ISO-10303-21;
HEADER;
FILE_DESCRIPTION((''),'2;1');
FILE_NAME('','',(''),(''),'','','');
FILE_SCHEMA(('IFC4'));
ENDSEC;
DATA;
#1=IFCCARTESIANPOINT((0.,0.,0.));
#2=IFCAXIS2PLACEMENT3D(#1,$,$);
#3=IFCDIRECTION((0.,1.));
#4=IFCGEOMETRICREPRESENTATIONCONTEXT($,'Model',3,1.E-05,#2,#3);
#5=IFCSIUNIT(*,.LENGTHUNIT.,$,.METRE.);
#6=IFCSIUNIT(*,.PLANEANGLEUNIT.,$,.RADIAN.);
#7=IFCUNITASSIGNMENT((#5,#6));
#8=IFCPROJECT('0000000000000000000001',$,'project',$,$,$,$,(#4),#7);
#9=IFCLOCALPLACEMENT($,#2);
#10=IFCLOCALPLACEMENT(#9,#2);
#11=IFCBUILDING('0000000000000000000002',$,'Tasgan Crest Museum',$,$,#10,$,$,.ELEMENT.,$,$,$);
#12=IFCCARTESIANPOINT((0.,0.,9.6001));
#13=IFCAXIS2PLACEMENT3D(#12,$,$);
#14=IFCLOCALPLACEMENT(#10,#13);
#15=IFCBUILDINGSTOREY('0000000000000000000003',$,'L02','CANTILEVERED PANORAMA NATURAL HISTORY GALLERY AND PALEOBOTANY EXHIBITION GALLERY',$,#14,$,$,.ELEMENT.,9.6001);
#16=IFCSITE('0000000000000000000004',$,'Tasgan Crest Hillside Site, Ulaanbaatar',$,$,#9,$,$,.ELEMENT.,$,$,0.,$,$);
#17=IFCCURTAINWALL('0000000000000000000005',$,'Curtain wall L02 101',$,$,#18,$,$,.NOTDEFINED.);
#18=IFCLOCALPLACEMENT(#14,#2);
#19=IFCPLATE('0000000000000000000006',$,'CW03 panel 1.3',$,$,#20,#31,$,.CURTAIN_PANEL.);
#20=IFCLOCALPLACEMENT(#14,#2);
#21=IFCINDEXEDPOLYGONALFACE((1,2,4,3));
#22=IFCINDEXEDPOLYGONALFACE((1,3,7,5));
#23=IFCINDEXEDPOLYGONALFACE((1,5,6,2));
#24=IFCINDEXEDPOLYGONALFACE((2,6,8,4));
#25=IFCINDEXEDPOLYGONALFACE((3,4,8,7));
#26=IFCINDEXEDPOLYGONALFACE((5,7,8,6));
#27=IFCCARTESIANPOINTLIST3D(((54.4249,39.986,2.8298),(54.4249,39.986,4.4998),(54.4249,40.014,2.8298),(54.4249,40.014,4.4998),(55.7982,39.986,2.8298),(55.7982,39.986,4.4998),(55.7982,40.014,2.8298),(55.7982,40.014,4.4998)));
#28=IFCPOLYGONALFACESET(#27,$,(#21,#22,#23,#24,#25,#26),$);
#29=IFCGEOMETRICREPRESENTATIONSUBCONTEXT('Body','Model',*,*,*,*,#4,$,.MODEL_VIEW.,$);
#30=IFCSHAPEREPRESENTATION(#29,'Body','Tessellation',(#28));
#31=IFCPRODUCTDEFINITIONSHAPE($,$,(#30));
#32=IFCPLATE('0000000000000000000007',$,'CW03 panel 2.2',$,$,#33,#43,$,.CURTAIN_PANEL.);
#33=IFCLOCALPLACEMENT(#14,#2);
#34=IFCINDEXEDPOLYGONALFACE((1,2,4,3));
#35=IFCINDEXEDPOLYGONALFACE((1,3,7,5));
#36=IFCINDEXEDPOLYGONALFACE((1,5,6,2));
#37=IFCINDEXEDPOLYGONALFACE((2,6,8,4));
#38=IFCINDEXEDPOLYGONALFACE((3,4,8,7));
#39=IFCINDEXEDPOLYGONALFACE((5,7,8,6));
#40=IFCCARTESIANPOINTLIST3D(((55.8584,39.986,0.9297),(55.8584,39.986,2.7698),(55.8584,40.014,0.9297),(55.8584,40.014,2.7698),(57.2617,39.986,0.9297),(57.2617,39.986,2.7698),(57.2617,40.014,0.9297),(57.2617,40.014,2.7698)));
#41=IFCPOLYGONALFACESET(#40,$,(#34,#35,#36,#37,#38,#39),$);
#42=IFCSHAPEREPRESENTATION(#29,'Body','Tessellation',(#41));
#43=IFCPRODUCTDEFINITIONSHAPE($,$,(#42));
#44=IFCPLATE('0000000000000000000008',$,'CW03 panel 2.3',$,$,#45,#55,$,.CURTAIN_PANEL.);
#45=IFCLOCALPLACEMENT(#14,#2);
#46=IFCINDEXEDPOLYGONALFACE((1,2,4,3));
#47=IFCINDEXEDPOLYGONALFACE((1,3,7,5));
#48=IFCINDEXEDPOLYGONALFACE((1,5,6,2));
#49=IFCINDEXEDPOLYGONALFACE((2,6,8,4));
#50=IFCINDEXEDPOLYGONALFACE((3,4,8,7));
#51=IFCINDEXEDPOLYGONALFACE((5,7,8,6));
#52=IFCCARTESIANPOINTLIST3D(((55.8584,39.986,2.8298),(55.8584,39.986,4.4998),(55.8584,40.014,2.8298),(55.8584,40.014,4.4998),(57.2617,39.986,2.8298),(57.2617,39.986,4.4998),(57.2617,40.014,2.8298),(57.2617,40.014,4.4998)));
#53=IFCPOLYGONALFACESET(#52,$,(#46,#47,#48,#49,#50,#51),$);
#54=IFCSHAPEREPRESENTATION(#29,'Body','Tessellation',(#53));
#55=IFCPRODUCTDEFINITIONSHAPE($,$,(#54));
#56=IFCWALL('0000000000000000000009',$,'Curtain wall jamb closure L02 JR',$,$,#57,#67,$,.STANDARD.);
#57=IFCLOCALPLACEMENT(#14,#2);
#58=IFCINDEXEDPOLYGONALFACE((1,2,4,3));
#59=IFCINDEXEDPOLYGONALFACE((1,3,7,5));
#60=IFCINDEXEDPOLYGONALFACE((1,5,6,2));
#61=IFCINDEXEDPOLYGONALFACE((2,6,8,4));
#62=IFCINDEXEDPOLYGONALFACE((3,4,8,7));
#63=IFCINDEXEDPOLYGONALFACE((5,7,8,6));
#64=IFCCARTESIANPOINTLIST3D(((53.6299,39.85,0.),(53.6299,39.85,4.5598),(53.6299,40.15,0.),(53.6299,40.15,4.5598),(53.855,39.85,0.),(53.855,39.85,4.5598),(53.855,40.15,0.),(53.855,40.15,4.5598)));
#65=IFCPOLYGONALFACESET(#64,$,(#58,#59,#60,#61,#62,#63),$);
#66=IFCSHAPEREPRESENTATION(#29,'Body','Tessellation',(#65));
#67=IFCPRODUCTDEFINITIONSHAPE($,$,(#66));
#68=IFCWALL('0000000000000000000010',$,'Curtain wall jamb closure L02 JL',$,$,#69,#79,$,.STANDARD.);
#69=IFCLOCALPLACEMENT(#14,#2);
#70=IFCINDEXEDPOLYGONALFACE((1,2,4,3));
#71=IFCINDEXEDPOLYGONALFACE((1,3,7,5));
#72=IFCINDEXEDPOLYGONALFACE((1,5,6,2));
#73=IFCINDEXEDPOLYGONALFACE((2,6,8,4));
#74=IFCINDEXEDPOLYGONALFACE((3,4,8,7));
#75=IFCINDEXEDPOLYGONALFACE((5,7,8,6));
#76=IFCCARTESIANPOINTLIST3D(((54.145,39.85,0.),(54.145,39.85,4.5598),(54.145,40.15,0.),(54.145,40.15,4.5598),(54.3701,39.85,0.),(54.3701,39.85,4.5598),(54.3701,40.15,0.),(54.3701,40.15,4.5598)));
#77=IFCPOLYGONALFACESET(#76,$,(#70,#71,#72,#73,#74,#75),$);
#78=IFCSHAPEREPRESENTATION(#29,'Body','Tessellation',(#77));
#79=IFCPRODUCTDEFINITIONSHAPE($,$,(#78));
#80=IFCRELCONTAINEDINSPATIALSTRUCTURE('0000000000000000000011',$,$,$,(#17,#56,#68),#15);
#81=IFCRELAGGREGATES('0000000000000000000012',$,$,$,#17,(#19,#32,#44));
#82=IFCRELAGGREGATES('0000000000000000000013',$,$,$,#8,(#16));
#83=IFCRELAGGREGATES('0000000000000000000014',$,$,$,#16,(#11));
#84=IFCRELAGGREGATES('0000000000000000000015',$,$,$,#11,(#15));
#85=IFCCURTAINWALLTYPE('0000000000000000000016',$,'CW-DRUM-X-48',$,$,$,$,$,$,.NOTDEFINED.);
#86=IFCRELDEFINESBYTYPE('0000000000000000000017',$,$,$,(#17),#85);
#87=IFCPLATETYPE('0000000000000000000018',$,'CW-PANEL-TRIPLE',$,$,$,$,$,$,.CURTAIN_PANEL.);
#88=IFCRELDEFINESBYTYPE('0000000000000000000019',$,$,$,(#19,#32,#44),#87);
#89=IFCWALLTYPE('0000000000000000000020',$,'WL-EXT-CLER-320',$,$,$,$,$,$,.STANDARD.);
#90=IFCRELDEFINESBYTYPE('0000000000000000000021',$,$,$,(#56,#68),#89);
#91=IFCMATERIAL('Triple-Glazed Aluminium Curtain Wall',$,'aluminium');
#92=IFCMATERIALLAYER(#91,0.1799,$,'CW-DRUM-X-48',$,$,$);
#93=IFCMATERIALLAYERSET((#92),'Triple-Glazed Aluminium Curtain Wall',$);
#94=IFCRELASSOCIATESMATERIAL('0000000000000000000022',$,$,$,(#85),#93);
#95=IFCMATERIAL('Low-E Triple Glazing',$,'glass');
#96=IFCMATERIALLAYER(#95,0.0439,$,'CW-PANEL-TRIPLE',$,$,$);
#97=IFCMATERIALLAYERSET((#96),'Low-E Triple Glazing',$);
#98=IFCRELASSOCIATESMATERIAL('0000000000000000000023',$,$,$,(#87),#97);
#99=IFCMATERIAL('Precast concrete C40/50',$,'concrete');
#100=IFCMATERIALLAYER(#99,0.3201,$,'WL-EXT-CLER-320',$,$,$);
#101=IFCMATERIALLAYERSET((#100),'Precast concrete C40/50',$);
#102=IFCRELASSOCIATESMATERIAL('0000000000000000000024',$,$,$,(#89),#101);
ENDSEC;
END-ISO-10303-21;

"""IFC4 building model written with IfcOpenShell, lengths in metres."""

from ifc_helpers import new_model, si_unit, direction, frame, frame_2d, origin, origin_2d, place, context, subcontext, project, spatial, rectangle, extrude, material, layer, layer_set, type_object, element, aggregate, save


model = new_model("IFC4")

# Units and contexts
model_context = context("Model", 3, precision=1e-05, world=origin(), true_north=direction((0.0, 1.0)))
body_context = subcontext(model_context, "Body", "Model", "MODEL_VIEW")
ifc_project = project(units=[si_unit("LENGTHUNIT", "METRE"), si_unit("PLANEANGLEUNIT", "RADIAN")], contexts=[model_context])

# Site, building, storey
site_placement = place(None, origin())
site = spatial("IfcSite", under=ifc_project, at=site_placement, Name="Tasgan Crest Hillside Site, Ulaanbaatar", CompositionType="ELEMENT", RefElevation=0.0)
building_placement = place(site_placement, origin())
building = spatial("IfcBuilding", under=site, at=building_placement, Name="Tasgan Crest Museum", CompositionType="ELEMENT")
storey_placement = place(building_placement, frame((0.0, 0.0, 9.6001)))
storey = spatial("IfcBuildingStorey", under=building, at=storey_placement, Name="L02", Description="CANTILEVERED PANORAMA NATURAL HISTORY GALLERY AND PALEOBOTANY EXHIBITION GALLERY", CompositionType="ELEMENT", Elevation=9.6001)

# Curtain wall
ifc_material_1 = material(Name="Triple-Glazed Aluminium Curtain Wall", Category="aluminium")
ifc_layer_1 = layer(ifc_material_1, 0.1799, Name="CW-DRUM-X-48")
ifc_layer_set_1 = layer_set([ifc_layer_1], Name="Triple-Glazed Aluminium Curtain Wall")
curtain_wall_type_1 = type_object("IfcCurtainWallType", Name="CW-DRUM-X-48", PredefinedType="NOTDEFINED", material=ifc_layer_set_1)
curtain_wall_1_placement = place(storey_placement, origin())
curtain_wall_1 = element("IfcCurtainWall", 1, at=curtain_wall_1_placement, inside=storey, type_object=curtain_wall_type_1, Name="Curtain wall L02 101", PredefinedType="NOTDEFINED")

# Plates
ifc_material_2 = material(Name="Low-E Triple Glazing", Category="glass")
ifc_layer_2 = layer(ifc_material_2, 0.0439, Name="CW-PANEL-TRIPLE")
ifc_layer_set_2 = layer_set([ifc_layer_2], Name="Low-E Triple Glazing")
plate_type_1 = type_object("IfcPlateType", Name="CW-PANEL-TRIPLE", PredefinedType="CURTAIN_PANEL", material=ifc_layer_set_2)
plate_1_placement = place(storey_placement, frame((55.1116, 40.0, 2.8298), z_axis=(0.0, 0.0, 1.0), x_axis=(1.0, 0.0, 0.0)))
plate_1 = element("IfcPlate", 2, at=plate_1_placement, type_object=plate_type_1, Name="CW03 panel 1.3", PredefinedType="CURTAIN_PANEL", context=body_context, shape_type="SweptSolid", body=[
    extrude(rectangle(XDim=1.3733, YDim=0.0281, at=origin_2d()), origin(), (0.0, 0.0, 1.0), 1.6699),
])
plate_2_placement = place(storey_placement, frame((56.5601, 40.0, 0.9297), z_axis=(0.0, 0.0, 1.0), x_axis=(1.0, 0.0, 0.0)))
plate_2 = element("IfcPlate", 3, at=plate_2_placement, type_object=plate_type_1, Name="CW03 panel 2.2", PredefinedType="CURTAIN_PANEL", context=body_context, shape_type="SweptSolid", body=[
    extrude(rectangle(XDim=1.4033, YDim=0.0281, at=origin_2d()), origin(), (0.0, 0.0, 1.0), 1.8401),
])
plate_3_placement = place(storey_placement, frame((56.5601, 40.0, 2.8298), z_axis=(0.0, 0.0, 1.0), x_axis=(1.0, 0.0, 0.0)))
plate_3 = element("IfcPlate", 4, at=plate_3_placement, type_object=plate_type_1, Name="CW03 panel 2.3", PredefinedType="CURTAIN_PANEL", context=body_context, shape_type="SweptSolid", body=[
    extrude(rectangle(XDim=1.4033, YDim=0.0281, at=origin_2d()), origin(), (0.0, 0.0, 1.0), 1.6699),
])
aggregate(curtain_wall_1, [plate_1, plate_2, plate_3])

# Walls
ifc_material_3 = material(Name="Precast concrete C40/50", Category="concrete")
ifc_layer_3 = layer(ifc_material_3, 0.3201, Name="WL-EXT-CLER-320")
ifc_layer_set_3 = layer_set([ifc_layer_3], Name="Precast concrete C40/50")
wall_type = type_object("IfcWallType", Name="WL-EXT-CLER-320", PredefinedType="STANDARD", material=ifc_layer_set_3)
for number, where, z_axis, x_axis, name in (
    (5, (53.6299, 40.0, 0.0), (0.0, 0.0, 1.0), (1.0, 0.0, 0.0), "Curtain wall jamb closure L02 JR"),
    (6, (54.145, 40.0, 0.0), (0.0, 0.0, 1.0), (1.0, 0.0, 0.0), "Curtain wall jamb closure L02 JL"),
):
    element("IfcWall", number, at=place(storey_placement, frame(where, z_axis=z_axis, x_axis=x_axis)), inside=storey, type_object=wall_type, Name=name, PredefinedType="STANDARD", context=body_context, shape_type="SweptSolid", body=[
        extrude(rectangle(XDim=0.2251, YDim=0.3, at=frame_2d((0.1125, 0.0))), origin(), (0.0, 0.0, 1.0), 4.5598),
    ])

save(model, "model.ifc")
